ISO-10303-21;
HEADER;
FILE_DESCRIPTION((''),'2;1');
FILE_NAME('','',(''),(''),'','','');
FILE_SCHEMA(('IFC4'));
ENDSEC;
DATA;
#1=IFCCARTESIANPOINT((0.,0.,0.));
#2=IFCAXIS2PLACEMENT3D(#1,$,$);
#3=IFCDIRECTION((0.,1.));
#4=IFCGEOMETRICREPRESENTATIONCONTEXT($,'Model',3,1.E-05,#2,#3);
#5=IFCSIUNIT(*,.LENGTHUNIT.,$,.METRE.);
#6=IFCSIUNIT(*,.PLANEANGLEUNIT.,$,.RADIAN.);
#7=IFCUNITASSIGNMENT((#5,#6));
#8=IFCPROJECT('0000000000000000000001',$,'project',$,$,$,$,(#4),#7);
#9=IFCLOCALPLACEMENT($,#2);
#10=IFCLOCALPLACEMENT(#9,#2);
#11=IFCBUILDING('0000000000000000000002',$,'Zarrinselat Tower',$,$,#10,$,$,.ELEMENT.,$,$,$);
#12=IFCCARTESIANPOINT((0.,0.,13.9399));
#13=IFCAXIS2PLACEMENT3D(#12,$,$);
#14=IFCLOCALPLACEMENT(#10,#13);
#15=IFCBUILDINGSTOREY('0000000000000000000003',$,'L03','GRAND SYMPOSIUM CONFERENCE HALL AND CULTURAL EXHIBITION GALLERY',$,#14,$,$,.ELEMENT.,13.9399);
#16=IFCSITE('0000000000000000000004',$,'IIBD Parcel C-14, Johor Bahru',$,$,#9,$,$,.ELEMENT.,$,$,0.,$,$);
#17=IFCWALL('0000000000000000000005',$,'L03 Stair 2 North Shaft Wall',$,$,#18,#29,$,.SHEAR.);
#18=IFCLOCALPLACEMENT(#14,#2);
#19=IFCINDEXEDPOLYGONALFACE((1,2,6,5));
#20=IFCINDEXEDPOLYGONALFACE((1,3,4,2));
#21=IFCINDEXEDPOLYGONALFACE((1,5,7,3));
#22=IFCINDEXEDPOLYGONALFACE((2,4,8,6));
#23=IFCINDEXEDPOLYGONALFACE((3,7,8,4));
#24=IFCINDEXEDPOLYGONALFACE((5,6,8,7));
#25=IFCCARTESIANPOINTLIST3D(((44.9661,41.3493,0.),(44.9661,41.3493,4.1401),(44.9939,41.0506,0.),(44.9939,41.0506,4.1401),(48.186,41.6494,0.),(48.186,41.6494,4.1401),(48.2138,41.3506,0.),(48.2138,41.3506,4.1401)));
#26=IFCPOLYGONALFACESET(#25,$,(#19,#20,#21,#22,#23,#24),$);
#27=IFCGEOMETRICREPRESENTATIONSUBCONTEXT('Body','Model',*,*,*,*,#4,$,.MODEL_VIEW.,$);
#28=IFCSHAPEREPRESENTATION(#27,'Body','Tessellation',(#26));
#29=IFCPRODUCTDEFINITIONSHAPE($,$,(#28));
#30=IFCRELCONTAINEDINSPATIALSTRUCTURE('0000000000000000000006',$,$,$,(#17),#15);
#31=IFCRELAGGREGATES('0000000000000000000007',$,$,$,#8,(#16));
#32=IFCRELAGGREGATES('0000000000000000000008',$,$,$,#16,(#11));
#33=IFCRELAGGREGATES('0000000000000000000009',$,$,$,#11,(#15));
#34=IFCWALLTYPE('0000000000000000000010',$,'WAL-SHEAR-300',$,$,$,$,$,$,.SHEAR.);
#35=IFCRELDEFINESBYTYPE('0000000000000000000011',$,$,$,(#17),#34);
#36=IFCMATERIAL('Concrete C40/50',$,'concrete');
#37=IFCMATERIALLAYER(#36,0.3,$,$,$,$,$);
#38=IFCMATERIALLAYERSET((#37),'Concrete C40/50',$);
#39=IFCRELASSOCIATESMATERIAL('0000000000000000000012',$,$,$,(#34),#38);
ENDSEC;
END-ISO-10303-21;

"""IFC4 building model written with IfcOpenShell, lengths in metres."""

from ifc_helpers import new_model, si_unit, direction, frame, frame_2d, origin, place, context, subcontext, project, spatial, rectangle, extrude, material, layer, layer_set, type_object, element, save


model = new_model("IFC4")

# Units and contexts
model_context = context("Model", 3, precision=1e-05, world=origin(), true_north=direction((0.0, 1.0)))
body_context = subcontext(model_context, "Body", "Model", "MODEL_VIEW")
ifc_project = project(units=[si_unit("LENGTHUNIT", "METRE"), si_unit("PLANEANGLEUNIT", "RADIAN")], contexts=[model_context])

# Site, building, storey
site_placement = place(None, origin())
site = spatial("IfcSite", under=ifc_project, at=site_placement, Name="IIBD Parcel C-14, Johor Bahru", CompositionType="ELEMENT", RefElevation=0.0)
building_placement = place(site_placement, origin())
building = spatial("IfcBuilding", under=site, at=building_placement, Name="Zarrinselat Tower", CompositionType="ELEMENT")
storey_placement = place(building_placement, frame((0.0, 0.0, 13.9399)))
storey = spatial("IfcBuildingStorey", under=building, at=storey_placement, Name="L03", Description="GRAND SYMPOSIUM CONFERENCE HALL AND CULTURAL EXHIBITION GALLERY", CompositionType="ELEMENT", Elevation=13.9399)

# Wall
ifc_material_1 = material(Name="Concrete C40/50", Category="concrete")
ifc_layer_1 = layer(ifc_material_1, 0.3)
ifc_layer_set_1 = layer_set([ifc_layer_1], Name="Concrete C40/50")
wall_type_1 = type_object("IfcWallType", Name="WAL-SHEAR-300", PredefinedType="SHEAR", material=ifc_layer_set_1)
wall_1_placement = place(storey_placement, frame((44.98, 41.2, 0.0), z_axis=(0.0, 0.0, 1.0), x_axis=(0.995686, 0.092782, 0.0)))
element("IfcWall", 1, at=wall_1_placement, inside=storey, type_object=wall_type_1, Name="L03 Stair 2 North Shaft Wall", PredefinedType="SHEAR", context=body_context, shape_type="SweptSolid", body=[
    extrude(rectangle(XDim=3.2339, YDim=0.3, at=frame_2d((1.6169, 0.0))), origin(), (0.0, 0.0, 1.0), 4.1401),
])

save(model, "model.ifc")
